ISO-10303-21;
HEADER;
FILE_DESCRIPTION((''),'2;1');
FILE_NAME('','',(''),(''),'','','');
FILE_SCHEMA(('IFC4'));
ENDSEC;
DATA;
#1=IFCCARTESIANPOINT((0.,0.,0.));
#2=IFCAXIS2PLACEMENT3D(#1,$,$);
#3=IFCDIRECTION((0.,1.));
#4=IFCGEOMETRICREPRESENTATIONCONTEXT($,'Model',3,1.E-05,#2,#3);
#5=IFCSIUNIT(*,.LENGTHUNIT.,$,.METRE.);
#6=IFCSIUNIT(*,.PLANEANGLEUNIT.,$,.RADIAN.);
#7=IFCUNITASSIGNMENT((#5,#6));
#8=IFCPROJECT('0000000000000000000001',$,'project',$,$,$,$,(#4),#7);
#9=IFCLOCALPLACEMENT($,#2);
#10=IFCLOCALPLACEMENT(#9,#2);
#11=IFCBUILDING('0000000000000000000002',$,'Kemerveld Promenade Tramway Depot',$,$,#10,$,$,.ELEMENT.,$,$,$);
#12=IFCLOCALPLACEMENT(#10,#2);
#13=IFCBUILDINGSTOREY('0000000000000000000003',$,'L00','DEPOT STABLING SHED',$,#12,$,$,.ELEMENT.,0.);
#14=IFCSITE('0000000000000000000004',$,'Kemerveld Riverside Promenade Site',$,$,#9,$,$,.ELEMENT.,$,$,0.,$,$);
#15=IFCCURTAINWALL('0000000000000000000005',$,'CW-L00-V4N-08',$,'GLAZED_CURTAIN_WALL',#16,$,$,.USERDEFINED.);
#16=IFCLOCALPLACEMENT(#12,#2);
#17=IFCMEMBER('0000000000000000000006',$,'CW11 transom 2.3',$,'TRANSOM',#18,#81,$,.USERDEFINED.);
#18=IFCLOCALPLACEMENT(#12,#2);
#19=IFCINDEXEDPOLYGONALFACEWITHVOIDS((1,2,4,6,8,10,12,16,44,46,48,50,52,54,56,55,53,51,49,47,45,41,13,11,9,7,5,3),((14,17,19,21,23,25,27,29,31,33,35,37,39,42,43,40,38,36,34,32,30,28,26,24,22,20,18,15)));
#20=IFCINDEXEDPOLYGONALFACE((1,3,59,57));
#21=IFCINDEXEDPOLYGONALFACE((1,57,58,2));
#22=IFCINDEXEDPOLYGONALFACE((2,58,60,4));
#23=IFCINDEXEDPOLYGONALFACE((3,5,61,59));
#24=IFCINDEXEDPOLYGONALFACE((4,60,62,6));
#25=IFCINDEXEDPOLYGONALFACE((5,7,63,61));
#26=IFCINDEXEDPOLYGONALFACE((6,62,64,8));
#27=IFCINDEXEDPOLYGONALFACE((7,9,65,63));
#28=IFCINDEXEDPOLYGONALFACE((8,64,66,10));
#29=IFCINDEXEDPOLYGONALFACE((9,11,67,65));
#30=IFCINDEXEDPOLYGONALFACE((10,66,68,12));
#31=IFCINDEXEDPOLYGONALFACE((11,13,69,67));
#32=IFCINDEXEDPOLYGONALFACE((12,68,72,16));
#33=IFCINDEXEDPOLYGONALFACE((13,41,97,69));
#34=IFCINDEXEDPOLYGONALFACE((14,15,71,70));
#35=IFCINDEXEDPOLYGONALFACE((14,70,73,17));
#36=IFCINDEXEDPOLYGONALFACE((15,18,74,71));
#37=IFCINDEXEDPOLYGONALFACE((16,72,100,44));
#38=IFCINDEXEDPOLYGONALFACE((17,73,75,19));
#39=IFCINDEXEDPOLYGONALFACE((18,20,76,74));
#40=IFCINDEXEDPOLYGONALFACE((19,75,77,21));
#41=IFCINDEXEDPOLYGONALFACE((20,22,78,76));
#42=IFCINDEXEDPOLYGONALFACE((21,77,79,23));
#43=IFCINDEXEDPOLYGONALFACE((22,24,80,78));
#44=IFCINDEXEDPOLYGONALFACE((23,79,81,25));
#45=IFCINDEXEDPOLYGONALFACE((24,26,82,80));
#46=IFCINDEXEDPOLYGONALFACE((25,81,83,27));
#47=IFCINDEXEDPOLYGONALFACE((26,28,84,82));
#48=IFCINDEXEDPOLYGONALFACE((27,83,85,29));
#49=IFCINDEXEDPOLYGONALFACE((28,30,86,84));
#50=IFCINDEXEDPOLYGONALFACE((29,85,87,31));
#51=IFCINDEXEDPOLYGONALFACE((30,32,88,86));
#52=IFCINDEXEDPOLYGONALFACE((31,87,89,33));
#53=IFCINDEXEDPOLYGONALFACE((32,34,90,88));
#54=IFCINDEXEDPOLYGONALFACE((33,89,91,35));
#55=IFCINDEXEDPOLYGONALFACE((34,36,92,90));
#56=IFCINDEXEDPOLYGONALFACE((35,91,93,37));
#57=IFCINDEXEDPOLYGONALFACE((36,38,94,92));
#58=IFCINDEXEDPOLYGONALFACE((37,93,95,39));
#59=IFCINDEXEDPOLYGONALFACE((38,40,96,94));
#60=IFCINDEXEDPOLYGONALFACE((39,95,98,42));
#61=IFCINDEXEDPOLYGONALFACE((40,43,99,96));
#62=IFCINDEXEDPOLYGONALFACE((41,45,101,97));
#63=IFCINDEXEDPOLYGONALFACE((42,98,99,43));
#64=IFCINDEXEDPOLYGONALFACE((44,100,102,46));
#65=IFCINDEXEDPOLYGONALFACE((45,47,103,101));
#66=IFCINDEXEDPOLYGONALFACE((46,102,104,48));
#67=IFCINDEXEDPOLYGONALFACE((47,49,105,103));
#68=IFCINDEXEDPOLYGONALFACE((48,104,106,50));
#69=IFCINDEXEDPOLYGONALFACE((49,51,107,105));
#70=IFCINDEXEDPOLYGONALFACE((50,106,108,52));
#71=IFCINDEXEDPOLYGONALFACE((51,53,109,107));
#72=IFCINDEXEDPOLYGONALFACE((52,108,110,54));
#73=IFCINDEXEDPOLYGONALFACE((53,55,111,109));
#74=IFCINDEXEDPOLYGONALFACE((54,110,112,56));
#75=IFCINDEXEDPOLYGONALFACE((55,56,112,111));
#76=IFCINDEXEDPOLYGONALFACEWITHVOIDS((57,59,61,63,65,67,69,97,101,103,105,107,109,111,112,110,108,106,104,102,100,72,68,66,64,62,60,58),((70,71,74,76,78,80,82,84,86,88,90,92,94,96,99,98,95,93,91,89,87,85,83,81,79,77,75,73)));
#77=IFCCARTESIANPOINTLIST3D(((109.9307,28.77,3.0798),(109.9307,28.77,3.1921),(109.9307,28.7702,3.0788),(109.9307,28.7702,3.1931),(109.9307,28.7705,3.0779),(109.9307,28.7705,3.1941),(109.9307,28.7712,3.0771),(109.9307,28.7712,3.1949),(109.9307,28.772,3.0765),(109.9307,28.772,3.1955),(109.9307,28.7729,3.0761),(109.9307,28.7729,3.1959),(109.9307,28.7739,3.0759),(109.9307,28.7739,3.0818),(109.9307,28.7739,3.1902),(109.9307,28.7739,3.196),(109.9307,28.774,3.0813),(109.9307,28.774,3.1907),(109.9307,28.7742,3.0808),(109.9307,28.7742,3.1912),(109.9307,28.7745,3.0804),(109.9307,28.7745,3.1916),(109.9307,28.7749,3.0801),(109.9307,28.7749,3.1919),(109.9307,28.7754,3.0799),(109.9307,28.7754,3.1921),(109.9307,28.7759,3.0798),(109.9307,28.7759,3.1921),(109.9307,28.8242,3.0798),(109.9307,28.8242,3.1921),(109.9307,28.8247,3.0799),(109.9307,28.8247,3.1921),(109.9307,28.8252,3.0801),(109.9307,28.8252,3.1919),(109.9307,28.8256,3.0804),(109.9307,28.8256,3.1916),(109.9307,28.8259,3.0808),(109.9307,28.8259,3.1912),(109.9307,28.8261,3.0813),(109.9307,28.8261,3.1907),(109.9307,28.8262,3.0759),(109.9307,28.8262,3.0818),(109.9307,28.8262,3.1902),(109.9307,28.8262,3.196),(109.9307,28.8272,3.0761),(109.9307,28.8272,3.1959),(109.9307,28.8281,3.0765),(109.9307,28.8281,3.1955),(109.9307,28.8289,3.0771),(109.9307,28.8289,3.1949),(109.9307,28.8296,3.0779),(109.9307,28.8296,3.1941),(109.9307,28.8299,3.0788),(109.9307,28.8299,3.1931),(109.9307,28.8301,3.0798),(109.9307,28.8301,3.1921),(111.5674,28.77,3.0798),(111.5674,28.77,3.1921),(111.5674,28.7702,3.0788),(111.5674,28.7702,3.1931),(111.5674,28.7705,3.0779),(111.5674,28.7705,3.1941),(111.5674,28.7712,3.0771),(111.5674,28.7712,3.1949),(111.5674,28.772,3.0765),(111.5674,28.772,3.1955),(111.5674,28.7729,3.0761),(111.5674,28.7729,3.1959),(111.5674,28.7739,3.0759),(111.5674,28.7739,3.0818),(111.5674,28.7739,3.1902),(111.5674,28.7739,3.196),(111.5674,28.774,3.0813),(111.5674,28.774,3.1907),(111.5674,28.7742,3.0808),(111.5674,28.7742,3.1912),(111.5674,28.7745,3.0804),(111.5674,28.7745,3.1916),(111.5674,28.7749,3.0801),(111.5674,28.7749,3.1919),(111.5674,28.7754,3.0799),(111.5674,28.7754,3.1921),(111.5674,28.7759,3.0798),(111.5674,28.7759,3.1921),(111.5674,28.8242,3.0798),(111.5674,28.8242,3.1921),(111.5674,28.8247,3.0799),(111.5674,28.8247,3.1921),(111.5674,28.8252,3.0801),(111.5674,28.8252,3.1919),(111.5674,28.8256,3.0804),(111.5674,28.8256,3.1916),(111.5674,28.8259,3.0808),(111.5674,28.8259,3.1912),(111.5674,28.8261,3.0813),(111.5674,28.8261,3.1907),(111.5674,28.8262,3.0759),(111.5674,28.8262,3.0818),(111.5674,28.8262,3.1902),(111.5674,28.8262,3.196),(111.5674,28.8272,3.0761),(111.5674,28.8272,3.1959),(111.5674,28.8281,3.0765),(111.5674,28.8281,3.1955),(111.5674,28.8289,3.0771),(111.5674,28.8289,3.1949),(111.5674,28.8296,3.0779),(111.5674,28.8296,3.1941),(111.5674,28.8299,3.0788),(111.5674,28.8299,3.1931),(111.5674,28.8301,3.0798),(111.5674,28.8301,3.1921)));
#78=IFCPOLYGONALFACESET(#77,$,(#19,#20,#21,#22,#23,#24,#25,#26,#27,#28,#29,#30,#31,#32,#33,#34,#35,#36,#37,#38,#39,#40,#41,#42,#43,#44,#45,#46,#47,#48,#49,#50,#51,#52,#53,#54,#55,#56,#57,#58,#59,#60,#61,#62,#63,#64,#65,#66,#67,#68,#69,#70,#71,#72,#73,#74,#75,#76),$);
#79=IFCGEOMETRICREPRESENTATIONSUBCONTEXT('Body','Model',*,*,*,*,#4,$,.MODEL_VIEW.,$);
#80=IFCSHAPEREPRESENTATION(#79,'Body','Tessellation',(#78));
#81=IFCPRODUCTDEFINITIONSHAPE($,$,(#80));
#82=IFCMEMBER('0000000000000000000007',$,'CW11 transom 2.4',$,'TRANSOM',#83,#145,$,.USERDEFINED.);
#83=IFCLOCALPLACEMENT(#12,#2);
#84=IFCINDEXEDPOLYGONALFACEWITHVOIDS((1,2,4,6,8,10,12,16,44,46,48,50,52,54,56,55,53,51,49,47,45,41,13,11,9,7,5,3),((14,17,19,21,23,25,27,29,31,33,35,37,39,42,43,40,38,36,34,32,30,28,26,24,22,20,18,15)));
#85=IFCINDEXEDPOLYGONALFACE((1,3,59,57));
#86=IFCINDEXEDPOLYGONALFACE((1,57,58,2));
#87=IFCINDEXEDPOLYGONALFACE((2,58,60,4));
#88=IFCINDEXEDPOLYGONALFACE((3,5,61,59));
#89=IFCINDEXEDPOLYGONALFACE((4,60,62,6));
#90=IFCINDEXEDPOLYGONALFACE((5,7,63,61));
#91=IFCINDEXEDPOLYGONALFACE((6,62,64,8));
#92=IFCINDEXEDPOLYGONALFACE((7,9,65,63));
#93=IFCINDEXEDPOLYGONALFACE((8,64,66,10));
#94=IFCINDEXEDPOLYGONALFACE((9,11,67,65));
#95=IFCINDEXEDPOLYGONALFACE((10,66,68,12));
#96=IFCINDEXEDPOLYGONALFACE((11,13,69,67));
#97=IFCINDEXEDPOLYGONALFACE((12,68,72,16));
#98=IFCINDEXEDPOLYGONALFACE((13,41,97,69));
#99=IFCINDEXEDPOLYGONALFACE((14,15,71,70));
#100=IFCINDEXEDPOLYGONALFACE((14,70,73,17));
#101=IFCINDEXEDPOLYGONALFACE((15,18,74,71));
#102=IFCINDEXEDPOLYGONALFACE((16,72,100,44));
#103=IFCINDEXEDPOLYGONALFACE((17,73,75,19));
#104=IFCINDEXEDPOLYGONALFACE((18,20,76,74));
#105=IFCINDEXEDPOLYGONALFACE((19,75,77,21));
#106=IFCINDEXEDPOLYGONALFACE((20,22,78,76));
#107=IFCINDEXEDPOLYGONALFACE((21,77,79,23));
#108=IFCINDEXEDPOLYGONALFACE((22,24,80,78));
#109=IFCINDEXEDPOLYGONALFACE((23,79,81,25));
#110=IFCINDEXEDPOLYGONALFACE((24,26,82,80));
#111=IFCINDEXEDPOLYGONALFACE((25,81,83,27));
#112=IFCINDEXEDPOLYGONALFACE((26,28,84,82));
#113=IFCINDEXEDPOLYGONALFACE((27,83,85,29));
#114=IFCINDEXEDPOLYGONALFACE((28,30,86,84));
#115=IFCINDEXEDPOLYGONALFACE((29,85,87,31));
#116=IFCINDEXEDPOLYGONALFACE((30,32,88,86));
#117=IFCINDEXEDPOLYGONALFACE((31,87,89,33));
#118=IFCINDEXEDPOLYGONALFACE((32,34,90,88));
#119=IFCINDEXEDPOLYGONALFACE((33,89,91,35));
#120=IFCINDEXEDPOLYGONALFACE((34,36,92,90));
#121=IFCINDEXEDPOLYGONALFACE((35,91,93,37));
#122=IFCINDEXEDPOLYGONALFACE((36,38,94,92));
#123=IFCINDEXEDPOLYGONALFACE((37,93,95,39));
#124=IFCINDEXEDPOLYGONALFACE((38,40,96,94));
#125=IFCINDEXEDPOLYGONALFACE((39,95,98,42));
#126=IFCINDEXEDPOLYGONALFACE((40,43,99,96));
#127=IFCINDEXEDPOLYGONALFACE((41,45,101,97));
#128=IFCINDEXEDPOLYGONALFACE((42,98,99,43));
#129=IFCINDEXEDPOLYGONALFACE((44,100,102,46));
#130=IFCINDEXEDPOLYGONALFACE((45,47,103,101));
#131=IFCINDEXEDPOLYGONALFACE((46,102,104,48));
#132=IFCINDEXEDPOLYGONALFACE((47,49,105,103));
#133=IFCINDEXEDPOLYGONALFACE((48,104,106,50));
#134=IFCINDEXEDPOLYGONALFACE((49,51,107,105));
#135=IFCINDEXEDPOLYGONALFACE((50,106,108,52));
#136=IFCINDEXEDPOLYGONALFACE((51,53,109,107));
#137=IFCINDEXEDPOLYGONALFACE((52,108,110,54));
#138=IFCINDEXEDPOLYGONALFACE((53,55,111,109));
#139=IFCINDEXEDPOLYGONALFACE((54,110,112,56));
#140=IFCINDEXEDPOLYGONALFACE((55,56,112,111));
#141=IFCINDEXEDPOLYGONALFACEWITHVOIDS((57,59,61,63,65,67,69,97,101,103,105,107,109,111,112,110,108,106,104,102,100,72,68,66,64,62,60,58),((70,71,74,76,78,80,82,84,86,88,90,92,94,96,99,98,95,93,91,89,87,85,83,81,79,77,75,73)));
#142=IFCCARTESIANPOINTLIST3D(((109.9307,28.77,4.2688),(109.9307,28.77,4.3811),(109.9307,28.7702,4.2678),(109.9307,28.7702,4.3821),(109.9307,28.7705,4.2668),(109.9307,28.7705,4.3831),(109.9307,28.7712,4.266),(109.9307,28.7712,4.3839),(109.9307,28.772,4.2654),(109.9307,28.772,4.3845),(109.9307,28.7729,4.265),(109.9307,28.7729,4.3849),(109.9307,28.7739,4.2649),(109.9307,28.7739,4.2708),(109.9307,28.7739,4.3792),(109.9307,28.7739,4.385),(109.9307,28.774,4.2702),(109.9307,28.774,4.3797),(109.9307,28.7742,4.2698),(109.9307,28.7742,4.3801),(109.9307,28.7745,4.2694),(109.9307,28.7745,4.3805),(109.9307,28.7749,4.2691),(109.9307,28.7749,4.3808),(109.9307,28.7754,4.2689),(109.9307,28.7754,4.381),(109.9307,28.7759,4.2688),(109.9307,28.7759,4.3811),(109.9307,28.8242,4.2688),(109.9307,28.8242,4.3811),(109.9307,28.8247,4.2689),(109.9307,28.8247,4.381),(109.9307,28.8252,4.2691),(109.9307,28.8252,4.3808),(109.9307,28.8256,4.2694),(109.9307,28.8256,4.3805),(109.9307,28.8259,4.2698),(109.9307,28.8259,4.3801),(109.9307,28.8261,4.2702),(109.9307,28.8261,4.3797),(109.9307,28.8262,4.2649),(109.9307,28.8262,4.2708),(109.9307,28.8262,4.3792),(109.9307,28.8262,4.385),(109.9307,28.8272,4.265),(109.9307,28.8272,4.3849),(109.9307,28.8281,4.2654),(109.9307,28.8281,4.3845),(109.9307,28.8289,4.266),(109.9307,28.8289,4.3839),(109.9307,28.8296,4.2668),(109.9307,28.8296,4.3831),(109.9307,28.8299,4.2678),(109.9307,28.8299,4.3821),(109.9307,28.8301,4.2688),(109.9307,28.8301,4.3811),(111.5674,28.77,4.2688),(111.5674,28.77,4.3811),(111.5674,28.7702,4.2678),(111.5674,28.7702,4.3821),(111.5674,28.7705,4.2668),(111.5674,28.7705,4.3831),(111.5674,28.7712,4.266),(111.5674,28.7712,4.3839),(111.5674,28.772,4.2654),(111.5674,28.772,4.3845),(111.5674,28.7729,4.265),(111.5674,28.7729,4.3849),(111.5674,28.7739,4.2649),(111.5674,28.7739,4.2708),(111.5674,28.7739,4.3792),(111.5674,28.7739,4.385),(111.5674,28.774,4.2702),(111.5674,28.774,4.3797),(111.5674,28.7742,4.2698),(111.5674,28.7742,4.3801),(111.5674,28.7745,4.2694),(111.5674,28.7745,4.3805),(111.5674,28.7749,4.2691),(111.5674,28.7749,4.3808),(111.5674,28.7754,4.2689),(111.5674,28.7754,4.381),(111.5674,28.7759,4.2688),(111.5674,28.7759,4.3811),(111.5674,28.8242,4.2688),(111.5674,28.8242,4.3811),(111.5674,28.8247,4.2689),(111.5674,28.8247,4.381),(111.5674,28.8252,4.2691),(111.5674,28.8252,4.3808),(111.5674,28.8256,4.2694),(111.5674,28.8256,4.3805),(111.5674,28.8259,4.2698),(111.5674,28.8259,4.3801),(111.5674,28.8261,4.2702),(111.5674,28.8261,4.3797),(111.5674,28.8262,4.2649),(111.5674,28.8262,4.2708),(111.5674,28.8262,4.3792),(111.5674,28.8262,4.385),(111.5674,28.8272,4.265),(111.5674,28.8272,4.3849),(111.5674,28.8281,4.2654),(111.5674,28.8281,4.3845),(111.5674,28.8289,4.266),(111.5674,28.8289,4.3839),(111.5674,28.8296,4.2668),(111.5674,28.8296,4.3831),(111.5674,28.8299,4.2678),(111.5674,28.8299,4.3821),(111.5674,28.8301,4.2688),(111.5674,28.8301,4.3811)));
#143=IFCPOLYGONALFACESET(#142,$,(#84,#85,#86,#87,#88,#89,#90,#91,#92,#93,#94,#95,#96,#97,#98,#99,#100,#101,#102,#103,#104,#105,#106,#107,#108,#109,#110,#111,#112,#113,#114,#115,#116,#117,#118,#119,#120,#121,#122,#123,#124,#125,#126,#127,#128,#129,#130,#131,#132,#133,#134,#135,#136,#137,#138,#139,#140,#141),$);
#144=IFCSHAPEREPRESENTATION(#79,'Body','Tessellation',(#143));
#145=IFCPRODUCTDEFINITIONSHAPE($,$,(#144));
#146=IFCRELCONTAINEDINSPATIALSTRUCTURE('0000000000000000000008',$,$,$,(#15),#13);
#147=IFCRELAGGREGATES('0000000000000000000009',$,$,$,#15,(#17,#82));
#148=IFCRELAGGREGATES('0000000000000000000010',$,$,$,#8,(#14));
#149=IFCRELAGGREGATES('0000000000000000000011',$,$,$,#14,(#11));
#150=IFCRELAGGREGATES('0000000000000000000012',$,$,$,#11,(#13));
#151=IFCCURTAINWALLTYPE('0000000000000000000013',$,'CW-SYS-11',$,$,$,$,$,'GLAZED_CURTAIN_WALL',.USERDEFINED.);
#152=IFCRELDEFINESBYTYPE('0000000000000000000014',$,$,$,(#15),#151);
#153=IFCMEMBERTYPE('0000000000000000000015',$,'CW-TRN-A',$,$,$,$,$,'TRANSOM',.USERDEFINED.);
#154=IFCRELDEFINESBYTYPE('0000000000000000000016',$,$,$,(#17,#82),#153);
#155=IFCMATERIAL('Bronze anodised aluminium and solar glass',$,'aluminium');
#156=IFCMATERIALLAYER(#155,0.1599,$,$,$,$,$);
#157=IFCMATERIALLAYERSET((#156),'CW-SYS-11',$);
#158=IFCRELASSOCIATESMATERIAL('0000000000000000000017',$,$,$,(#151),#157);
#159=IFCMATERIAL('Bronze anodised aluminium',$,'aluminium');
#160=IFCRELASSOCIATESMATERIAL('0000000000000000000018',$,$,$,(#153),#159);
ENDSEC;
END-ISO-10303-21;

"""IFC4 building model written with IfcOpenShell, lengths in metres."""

from ifc_helpers import new_model, si_unit, direction, frame, origin, origin_2d, place, context, subcontext, project, spatial, hollow_rectangle, extrude, material, layer, layer_set, material_profile, profile_set, type_object, element, aggregate, save


model = new_model("IFC4")

# Units and contexts
model_context = context("Model", 3, precision=1e-05, world=origin(), true_north=direction((0.0, 1.0)))
body_context = subcontext(model_context, "Body", "Model", "MODEL_VIEW")
ifc_project = project(units=[si_unit("LENGTHUNIT", "METRE"), si_unit("PLANEANGLEUNIT", "RADIAN")], contexts=[model_context])

# Site, building, storey
site_placement = place(None, origin())
site = spatial("IfcSite", under=ifc_project, at=site_placement, Name="Kemerveld Riverside Promenade Site", CompositionType="ELEMENT", RefElevation=0.0)
building_placement = place(site_placement, origin())
building = spatial("IfcBuilding", under=site, at=building_placement, Name="Kemerveld Promenade Tramway Depot", CompositionType="ELEMENT")
storey_placement = place(building_placement, origin())
storey = spatial("IfcBuildingStorey", under=building, at=storey_placement, Name="L00", Description="DEPOT STABLING SHED", CompositionType="ELEMENT", Elevation=0.0)

# Curtain wall, members
ifc_material_1 = material(Name="Bronze anodised aluminium and solar glass", Category="aluminium")
ifc_layer_1 = layer(ifc_material_1, 0.1599)
ifc_layer_set_1 = layer_set([ifc_layer_1], Name="CW-SYS-11")
curtain_wall_type = type_object("IfcCurtainWallType", Name="CW-SYS-11", ElementType="GLAZED_CURTAIN_WALL", PredefinedType="USERDEFINED", material=ifc_layer_set_1)
curtain_wall_placement = place(storey_placement, origin())
curtain_wall = element("IfcCurtainWall", 1, at=curtain_wall_placement, inside=storey, type_object=curtain_wall_type, Name="CW-L00-V4N-08", ObjectType="GLAZED_CURTAIN_WALL", PredefinedType="USERDEFINED")
ifc_material_2 = material(Name="Bronze anodised aluminium", Category="aluminium")
ifc_material_profile_1 = material_profile(ifc_material_2, hollow_rectangle(XDim=0.0601, YDim=0.1201, WallThickness=0.0039, InnerFilletRadius=0.002, OuterFilletRadius=0.0039, at=origin_2d()), Name="CW-TRN-120x60")
ifc_profile_set_1 = profile_set([ifc_material_profile_1], Name="Bronze anodised aluminium")
member_type_1 = type_object("IfcMemberType", Name="CW-TRN-A", ElementType="TRANSOM", PredefinedType="USERDEFINED", material=ifc_profile_set_1)
member_1_placement = place(storey_placement, frame((109.9307, 28.8, 3.136), z_axis=(1.0, 0.0, 0.0), x_axis=(0.0, 1.0, 0.0)))
member_1 = element("IfcMember", 2, at=member_1_placement, type_object=member_type_1, Name="CW11 transom 2.3", ObjectType="TRANSOM", PredefinedType="USERDEFINED", context=body_context, shape_type="SweptSolid", body=[
    extrude(hollow_rectangle(XDim=0.0601, YDim=0.1201, WallThickness=0.0039, InnerFilletRadius=0.002, OuterFilletRadius=0.0039, at=origin_2d()), origin(), (0.0, 0.0, 1.0), 1.6367),
])
member_2_placement = place(storey_placement, frame((109.9307, 28.8, 4.325), z_axis=(1.0, 0.0, 0.0), x_axis=(0.0, 1.0, 0.0)))
member_2 = element("IfcMember", 3, at=member_2_placement, type_object=member_type_1, Name="CW11 transom 2.4", ObjectType="TRANSOM", PredefinedType="USERDEFINED", context=body_context, shape_type="SweptSolid", body=[
    extrude(hollow_rectangle(XDim=0.0601, YDim=0.1201, WallThickness=0.0039, InnerFilletRadius=0.002, OuterFilletRadius=0.0039, at=origin_2d()), origin(), (0.0, 0.0, 1.0), 1.6367),
])
aggregate(curtain_wall, [member_1, member_2])

save(model, "model.ifc")
